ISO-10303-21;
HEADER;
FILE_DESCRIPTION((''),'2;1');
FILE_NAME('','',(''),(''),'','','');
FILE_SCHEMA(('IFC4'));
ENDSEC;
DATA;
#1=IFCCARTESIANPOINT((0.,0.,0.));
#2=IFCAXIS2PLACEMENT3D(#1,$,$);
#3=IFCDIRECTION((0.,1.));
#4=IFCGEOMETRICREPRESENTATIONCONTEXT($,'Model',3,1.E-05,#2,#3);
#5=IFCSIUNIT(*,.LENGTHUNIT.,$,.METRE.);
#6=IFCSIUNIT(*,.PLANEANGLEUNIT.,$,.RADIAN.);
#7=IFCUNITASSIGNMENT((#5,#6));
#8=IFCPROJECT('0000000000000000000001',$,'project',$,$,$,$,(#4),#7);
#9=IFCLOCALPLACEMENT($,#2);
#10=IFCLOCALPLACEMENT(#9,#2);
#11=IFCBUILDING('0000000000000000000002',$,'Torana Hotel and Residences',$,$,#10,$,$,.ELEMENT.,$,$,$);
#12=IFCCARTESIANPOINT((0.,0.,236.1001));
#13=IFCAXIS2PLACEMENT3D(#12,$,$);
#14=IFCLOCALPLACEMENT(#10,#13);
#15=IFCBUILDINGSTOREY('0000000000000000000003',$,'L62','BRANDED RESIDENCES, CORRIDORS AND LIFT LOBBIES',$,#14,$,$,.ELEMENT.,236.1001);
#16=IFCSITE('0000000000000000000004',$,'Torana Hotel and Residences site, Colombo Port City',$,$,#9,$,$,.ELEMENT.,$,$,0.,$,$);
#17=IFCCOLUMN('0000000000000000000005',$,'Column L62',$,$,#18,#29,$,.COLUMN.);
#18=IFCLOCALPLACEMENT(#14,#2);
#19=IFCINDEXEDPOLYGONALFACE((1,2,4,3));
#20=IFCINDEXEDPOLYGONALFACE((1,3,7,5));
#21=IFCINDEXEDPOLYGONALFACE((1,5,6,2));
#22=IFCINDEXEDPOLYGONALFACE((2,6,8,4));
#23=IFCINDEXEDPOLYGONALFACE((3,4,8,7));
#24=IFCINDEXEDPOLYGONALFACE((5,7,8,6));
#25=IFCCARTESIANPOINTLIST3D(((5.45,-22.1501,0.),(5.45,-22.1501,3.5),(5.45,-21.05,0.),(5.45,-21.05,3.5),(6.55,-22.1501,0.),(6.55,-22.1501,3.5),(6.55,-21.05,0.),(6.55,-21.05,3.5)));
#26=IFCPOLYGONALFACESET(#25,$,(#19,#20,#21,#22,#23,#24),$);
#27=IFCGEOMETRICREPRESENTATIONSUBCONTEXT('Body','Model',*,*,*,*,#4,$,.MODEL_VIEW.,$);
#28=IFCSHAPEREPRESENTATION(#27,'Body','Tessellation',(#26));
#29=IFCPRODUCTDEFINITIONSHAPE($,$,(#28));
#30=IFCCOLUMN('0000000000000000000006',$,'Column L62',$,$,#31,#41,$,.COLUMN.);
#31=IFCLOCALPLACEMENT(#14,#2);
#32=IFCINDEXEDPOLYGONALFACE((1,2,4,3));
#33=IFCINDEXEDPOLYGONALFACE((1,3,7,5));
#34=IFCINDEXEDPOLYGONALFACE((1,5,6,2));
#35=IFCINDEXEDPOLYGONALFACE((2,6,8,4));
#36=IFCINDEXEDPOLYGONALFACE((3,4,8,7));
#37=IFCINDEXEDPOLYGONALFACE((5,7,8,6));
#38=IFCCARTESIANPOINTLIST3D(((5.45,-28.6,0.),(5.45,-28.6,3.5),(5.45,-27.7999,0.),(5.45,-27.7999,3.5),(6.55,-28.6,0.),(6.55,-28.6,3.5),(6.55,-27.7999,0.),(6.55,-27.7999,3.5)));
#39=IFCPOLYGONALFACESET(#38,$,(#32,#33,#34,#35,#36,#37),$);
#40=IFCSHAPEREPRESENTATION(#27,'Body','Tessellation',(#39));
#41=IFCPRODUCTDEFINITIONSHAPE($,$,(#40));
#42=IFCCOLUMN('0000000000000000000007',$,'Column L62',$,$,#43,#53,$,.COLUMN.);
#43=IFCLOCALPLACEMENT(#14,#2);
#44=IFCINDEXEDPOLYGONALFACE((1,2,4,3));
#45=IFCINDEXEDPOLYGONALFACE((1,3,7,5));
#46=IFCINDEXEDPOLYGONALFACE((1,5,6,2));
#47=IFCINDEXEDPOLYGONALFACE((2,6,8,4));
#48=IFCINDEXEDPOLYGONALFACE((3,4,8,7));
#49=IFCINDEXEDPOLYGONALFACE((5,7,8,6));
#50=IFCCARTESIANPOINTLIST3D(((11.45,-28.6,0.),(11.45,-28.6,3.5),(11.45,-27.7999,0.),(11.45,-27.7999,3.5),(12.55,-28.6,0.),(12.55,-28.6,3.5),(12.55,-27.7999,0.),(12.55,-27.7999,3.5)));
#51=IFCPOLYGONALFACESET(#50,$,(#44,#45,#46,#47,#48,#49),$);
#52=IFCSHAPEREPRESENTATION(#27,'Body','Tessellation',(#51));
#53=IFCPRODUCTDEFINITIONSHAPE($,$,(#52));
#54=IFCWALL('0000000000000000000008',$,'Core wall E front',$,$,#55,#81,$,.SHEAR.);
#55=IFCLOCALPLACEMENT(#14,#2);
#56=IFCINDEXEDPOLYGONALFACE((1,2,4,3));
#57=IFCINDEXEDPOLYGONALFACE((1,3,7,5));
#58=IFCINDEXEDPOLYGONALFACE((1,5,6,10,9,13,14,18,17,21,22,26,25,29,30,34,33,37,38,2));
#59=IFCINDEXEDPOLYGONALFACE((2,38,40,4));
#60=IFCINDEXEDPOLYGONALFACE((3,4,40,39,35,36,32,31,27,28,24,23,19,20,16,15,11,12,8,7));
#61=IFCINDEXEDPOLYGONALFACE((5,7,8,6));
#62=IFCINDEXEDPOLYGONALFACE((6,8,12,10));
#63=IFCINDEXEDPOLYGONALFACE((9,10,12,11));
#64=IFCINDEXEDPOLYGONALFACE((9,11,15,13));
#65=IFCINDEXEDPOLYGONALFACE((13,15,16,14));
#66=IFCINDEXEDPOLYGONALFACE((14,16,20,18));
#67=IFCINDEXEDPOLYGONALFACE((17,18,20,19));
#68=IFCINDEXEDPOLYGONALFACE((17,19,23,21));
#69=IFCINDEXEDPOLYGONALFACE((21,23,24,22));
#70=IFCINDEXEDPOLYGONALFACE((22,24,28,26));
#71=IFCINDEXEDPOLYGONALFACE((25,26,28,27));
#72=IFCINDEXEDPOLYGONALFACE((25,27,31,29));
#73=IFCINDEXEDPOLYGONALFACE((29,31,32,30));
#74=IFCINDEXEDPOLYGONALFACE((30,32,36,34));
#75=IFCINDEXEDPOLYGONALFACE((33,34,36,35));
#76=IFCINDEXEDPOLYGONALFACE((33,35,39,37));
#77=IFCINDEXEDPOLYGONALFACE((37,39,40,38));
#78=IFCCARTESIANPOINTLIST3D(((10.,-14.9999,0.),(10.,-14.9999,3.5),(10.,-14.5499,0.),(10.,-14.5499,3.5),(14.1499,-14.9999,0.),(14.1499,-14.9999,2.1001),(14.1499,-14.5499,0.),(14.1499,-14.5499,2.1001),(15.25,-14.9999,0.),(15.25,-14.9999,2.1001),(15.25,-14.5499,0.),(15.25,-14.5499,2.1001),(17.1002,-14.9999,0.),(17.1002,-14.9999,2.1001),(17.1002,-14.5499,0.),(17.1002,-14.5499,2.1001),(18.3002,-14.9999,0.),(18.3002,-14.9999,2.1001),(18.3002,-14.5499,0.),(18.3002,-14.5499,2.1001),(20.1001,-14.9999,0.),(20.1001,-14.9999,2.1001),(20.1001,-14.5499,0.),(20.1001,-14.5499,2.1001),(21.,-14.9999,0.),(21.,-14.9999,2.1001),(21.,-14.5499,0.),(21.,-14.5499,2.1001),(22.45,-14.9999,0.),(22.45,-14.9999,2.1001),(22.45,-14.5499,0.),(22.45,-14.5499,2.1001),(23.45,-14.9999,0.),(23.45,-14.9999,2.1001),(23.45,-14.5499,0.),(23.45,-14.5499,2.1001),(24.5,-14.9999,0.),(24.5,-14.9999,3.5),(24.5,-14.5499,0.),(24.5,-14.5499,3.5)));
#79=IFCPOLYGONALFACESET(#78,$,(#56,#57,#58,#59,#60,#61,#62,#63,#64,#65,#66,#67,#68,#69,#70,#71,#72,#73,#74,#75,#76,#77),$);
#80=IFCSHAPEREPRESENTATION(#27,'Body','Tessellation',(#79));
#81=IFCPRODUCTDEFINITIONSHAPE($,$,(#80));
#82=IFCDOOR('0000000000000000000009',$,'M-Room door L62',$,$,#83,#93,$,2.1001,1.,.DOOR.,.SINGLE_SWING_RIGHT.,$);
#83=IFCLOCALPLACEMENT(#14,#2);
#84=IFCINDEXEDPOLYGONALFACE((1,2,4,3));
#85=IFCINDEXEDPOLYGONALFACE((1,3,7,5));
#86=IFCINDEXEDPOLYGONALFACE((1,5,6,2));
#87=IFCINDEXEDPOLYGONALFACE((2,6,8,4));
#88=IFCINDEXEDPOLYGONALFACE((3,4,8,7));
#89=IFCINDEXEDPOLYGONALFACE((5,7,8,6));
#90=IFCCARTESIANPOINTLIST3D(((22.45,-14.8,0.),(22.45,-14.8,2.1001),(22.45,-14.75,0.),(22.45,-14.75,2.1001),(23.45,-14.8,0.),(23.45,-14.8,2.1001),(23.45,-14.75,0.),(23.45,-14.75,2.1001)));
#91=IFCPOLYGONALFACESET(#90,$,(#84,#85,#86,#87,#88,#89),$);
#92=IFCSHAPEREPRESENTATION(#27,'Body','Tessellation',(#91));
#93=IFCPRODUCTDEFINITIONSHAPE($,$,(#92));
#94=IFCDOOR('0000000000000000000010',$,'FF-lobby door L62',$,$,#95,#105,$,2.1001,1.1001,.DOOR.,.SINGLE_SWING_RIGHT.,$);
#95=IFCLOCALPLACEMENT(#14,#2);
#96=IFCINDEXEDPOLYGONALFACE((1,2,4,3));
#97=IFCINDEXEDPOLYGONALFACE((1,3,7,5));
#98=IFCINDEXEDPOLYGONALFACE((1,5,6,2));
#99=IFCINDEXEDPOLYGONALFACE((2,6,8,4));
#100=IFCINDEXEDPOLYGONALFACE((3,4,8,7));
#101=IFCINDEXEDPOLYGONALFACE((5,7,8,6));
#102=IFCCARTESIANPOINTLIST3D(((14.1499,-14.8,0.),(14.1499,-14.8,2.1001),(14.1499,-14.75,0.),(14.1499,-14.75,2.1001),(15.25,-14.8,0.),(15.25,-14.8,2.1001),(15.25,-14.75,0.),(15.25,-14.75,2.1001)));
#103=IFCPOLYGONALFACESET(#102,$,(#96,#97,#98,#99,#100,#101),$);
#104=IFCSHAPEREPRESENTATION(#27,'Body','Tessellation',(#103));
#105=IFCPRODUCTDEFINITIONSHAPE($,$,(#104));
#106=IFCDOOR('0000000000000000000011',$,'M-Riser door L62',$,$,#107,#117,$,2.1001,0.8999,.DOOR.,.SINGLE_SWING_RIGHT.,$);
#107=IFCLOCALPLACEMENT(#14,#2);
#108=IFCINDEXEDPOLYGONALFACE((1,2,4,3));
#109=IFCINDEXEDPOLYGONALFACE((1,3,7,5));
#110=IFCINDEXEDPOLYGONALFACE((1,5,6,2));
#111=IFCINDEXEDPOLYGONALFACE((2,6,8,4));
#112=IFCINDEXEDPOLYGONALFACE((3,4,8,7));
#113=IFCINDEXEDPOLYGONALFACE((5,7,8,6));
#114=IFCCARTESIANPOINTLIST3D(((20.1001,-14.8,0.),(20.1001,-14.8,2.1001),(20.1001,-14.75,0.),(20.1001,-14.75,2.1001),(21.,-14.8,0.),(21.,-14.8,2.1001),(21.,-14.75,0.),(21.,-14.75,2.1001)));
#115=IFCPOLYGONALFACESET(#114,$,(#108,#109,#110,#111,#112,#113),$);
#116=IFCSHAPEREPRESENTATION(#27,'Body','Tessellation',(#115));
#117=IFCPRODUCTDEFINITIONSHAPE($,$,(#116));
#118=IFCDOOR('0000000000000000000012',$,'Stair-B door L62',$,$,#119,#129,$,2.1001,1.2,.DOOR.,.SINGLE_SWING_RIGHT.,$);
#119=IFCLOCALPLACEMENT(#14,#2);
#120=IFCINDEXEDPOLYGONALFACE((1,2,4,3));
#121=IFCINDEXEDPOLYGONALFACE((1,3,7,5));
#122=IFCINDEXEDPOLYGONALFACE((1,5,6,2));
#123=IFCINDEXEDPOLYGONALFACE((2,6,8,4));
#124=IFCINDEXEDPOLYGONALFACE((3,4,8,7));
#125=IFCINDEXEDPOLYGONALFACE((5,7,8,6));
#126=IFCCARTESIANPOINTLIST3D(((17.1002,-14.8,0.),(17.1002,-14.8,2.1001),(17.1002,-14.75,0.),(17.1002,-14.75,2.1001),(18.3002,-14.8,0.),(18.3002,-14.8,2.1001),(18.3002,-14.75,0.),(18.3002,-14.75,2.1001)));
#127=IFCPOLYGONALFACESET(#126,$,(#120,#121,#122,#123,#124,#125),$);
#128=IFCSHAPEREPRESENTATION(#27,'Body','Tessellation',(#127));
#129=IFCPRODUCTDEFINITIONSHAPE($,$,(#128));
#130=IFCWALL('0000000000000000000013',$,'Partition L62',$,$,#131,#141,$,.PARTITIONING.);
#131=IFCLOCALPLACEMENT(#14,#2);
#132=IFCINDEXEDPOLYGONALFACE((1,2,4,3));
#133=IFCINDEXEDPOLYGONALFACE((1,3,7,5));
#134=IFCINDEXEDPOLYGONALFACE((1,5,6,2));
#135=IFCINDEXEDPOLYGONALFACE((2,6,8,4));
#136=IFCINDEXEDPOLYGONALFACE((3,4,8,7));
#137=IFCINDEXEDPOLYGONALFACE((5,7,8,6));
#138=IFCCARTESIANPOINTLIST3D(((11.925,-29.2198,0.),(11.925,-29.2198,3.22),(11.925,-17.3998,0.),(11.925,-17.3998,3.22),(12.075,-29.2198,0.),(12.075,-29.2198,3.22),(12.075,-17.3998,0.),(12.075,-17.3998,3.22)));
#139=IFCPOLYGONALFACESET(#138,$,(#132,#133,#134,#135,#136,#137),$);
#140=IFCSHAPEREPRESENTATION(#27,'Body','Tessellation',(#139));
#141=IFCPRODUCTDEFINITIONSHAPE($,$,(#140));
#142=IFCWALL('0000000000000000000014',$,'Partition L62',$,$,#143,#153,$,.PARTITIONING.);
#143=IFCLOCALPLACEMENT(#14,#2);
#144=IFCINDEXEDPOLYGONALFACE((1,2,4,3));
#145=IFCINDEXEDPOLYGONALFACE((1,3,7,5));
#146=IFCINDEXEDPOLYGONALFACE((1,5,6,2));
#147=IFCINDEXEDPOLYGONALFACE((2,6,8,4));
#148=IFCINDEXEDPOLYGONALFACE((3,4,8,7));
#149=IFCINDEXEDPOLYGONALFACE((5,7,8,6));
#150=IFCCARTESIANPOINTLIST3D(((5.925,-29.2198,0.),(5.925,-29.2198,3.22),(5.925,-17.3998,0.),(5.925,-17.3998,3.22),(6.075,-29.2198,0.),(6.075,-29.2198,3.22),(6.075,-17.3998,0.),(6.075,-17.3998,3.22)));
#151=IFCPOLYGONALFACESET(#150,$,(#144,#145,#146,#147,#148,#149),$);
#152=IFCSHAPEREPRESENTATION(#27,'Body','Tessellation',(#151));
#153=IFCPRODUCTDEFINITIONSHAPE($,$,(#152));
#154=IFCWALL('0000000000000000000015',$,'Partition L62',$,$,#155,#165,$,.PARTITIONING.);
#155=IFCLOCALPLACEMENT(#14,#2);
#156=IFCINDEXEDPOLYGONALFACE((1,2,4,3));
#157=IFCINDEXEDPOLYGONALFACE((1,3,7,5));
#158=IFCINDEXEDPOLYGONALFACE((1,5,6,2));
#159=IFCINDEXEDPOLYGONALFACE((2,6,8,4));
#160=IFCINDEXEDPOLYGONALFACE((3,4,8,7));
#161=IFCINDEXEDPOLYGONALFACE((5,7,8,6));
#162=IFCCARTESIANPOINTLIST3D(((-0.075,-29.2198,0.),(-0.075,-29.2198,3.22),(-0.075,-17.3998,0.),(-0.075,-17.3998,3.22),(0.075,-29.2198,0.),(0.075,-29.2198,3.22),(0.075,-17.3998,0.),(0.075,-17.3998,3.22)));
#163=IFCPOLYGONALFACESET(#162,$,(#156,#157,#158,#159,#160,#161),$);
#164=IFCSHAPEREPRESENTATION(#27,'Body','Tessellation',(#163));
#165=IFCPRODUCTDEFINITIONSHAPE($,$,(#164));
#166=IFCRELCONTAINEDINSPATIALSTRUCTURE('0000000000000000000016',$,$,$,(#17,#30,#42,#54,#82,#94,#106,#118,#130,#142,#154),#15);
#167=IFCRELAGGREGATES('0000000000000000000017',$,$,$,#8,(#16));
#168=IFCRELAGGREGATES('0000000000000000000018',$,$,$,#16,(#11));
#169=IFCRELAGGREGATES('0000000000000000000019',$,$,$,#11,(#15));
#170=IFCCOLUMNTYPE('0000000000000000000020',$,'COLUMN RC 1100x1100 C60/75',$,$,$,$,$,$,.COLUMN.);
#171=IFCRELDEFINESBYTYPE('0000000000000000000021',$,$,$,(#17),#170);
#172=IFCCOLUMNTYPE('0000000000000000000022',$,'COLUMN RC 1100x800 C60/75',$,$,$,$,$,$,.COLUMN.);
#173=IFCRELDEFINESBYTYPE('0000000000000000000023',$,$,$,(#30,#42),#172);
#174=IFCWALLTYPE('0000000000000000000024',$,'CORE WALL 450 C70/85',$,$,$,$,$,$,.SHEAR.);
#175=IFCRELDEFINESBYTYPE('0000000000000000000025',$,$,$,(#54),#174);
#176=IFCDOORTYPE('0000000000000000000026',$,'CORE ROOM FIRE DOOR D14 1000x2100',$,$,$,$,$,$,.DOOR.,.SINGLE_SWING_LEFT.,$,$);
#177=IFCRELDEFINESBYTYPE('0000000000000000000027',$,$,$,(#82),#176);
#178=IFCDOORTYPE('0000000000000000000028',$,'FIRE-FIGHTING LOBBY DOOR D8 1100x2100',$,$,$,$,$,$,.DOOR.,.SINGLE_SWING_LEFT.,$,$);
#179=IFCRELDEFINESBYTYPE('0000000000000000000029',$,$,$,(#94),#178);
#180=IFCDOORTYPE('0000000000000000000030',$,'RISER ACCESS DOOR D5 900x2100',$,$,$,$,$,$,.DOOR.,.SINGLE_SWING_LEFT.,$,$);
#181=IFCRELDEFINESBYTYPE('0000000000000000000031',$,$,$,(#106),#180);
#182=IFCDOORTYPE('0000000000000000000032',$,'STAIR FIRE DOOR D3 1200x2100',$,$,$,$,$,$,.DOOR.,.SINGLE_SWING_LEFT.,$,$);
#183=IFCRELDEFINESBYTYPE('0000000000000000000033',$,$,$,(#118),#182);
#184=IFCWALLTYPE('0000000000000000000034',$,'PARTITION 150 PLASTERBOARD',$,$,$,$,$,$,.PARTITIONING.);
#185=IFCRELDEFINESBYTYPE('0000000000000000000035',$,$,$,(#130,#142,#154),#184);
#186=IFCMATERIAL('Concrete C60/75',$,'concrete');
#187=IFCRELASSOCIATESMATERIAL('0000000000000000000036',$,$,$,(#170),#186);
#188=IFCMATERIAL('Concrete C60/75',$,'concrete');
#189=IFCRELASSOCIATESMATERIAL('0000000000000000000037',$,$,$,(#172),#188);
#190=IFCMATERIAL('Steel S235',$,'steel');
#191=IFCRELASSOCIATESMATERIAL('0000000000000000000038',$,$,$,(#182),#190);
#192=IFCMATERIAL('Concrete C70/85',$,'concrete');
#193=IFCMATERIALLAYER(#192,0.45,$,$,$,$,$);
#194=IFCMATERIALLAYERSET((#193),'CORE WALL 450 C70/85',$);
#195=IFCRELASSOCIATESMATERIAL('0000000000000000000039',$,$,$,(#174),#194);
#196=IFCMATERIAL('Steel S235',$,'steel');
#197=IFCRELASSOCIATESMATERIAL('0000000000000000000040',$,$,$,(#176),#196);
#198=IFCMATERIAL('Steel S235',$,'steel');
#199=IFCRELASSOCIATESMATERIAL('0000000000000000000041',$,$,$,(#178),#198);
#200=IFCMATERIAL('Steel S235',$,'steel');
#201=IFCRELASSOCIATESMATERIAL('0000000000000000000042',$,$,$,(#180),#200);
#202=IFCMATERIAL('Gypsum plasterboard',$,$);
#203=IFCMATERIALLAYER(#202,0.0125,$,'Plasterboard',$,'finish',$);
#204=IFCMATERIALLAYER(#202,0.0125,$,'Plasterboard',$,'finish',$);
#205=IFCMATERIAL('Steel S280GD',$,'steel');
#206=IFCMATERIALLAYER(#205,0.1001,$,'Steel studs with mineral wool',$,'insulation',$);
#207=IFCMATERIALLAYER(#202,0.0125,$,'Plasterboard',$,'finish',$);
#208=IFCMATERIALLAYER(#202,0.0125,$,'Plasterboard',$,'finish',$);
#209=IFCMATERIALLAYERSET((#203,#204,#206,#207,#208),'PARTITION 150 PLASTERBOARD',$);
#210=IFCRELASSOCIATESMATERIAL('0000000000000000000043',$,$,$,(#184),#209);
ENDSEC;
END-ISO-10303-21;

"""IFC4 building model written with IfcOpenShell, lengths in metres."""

from ifc_helpers import new_model, si_unit, direction, frame, frame_2d, origin, origin_2d, place, context, subcontext, project, spatial, rectangle, extrude, material, layer, layer_set, material_profile, profile_set, type_object, element, fill, save


model = new_model("IFC4")

# Units and contexts
model_context = context("Model", 3, precision=1e-05, world=origin(), true_north=direction((0.0, 1.0)))
body_context = subcontext(model_context, "Body", "Model", "MODEL_VIEW")
ifc_project = project(units=[si_unit("LENGTHUNIT", "METRE"), si_unit("PLANEANGLEUNIT", "RADIAN")], contexts=[model_context])

# Site, building, storey
site_placement = place(None, origin())
site = spatial("IfcSite", under=ifc_project, at=site_placement, Name="Torana Hotel and Residences site, Colombo Port City", CompositionType="ELEMENT", RefElevation=0.0)
building_placement = place(site_placement, origin())
building = spatial("IfcBuilding", under=site, at=building_placement, Name="Torana Hotel and Residences", CompositionType="ELEMENT")
storey_placement = place(building_placement, frame((0.0, 0.0, 236.1001)))
storey = spatial("IfcBuildingStorey", under=building, at=storey_placement, Name="L62", Description="BRANDED RESIDENCES, CORRIDORS AND LIFT LOBBIES", CompositionType="ELEMENT", Elevation=236.1001)

# Columns
ifc_material_1 = material(Name="Concrete C60/75", Category="concrete")
ifc_material_profile_1 = material_profile(ifc_material_1, rectangle(XDim=1.1001, YDim=1.1001, at=origin_2d()), Name="RC 1100x1100")
ifc_profile_set_1 = profile_set([ifc_material_profile_1], Name="Concrete C60/75")
column_type_1 = type_object("IfcColumnType", Name="COLUMN RC 1100x1100 C60/75", PredefinedType="COLUMN", material=ifc_profile_set_1)
column_placement = place(storey_placement, frame((6.0, -21.6001, 0.0), z_axis=(0.0, 0.0, 1.0), x_axis=(1.0, 0.0, 0.0)))
element("IfcColumn", 1, at=column_placement, inside=storey, type_object=column_type_1, Name="Column L62", PredefinedType="COLUMN", context=body_context, shape_type="SweptSolid", body=[
    extrude(rectangle(XDim=1.1001, YDim=1.1001, at=origin_2d()), origin(), (0.0, 0.0, 1.0), 3.5),
])
ifc_material_2 = material(Name="Concrete C60/75", Category="concrete")
ifc_material_profile_2 = material_profile(ifc_material_2, rectangle(XDim=1.1001, YDim=0.8, at=origin_2d()), Name="RC 1100x800")
ifc_profile_set_2 = profile_set([ifc_material_profile_2], Name="Concrete C60/75")
column_type_2 = type_object("IfcColumnType", Name="COLUMN RC 1100x800 C60/75", PredefinedType="COLUMN", material=ifc_profile_set_2)
for number, where, z_axis, x_axis, name in (
    (2, (6.0, -28.2, 0.0), (0.0, 0.0, 1.0), (1.0, 0.0, 0.0), "Column L62"),
    (3, (12.0, -28.2, 0.0), (0.0, 0.0, 1.0), (1.0, 0.0, 0.0), "Column L62"),
):
    element("IfcColumn", number, at=place(storey_placement, frame(where, z_axis=z_axis, x_axis=x_axis)), inside=storey, type_object=column_type_2, Name=name, PredefinedType="COLUMN", context=body_context, shape_type="SweptSolid", body=[
        extrude(rectangle(XDim=1.1001, YDim=0.8, at=origin_2d()), origin(), (0.0, 0.0, 1.0), 3.5),
    ])

# Wall, openings, doors
ifc_material_3 = material(Name="Steel S235", Category="steel")
door_type_1 = type_object("IfcDoorType", Name="STAIR FIRE DOOR D3 1200x2100", OperationType="SINGLE_SWING_LEFT", PredefinedType="DOOR", material=ifc_material_3)
ifc_material_4 = material(Name="Concrete C70/85", Category="concrete")
ifc_layer_1 = layer(ifc_material_4, 0.45)
ifc_layer_set_1 = layer_set([ifc_layer_1], Name="CORE WALL 450 C70/85")
wall_type_1 = type_object("IfcWallType", Name="CORE WALL 450 C70/85", PredefinedType="SHEAR", material=ifc_layer_set_1)
wall_1_placement = place(storey_placement, frame((10.0, -14.7749, 0.0), z_axis=(0.0, 0.0, 1.0), x_axis=(1.0, 0.0, 0.0)))
wall_1 = element("IfcWall", 4, at=wall_1_placement, inside=storey, type_object=wall_type_1, Name="Core wall E front", PredefinedType="SHEAR", context=body_context, shape_type="SweptSolid", body=[
    extrude(rectangle(XDim=14.5, YDim=0.45, at=frame_2d((7.25, 0.0))), origin(), (0.0, 0.0, 1.0), 3.5),
])
opening_1_placement = place(wall_1_placement, frame((7.1001, 0.0, 0.0)))
opening_1 = element("IfcOpeningElement", 5, at=opening_1_placement, cuts=wall_1, PredefinedType="OPENING", context=body_context, shape_type="SweptSolid", body=[
    extrude(rectangle(XDim=1.2, YDim=2.1001, at=frame_2d((0.6001, 1.05))), frame((0.0, 0.2349, 0.0), z_axis=(0.0, -1.0, 0.0), x_axis=(1.0, 0.0, 0.0)), (0.0, 0.0, 1.0), 0.47),
])
opening_2_placement = place(wall_1_placement, frame((4.1499, 0.0, 0.0)))
opening_2 = element("IfcOpeningElement", 6, at=opening_2_placement, cuts=wall_1, PredefinedType="OPENING", context=body_context, shape_type="SweptSolid", body=[
    extrude(rectangle(XDim=1.1001, YDim=2.1001, at=frame_2d((0.55, 1.05))), frame((0.0, 0.2349, 0.0), z_axis=(0.0, -1.0, 0.0), x_axis=(1.0, 0.0, 0.0)), (0.0, 0.0, 1.0), 0.47),
])
opening_3_placement = place(wall_1_placement, frame((10.1001, 0.0, 0.0)))
opening_3 = element("IfcOpeningElement", 7, at=opening_3_placement, cuts=wall_1, PredefinedType="OPENING", context=body_context, shape_type="SweptSolid", body=[
    extrude(rectangle(XDim=0.8999, YDim=2.1001, at=frame_2d((0.45, 1.05))), frame((0.0, 0.2349, 0.0), z_axis=(0.0, -1.0, 0.0), x_axis=(1.0, 0.0, 0.0)), (0.0, 0.0, 1.0), 0.47),
])
opening_4_placement = place(wall_1_placement, frame((12.45, 0.0, 0.0)))
opening_4 = element("IfcOpeningElement", 8, at=opening_4_placement, cuts=wall_1, PredefinedType="OPENING", context=body_context, shape_type="SweptSolid", body=[
    extrude(rectangle(XDim=1.0, YDim=2.1001, at=frame_2d((0.5, 1.05))), frame((0.0, 0.2349, 0.0), z_axis=(0.0, -1.0, 0.0), x_axis=(1.0, 0.0, 0.0)), (0.0, 0.0, 1.0), 0.47),
])
ifc_material_5 = material(Name="Steel S235", Category="steel")
door_type_2 = type_object("IfcDoorType", Name="CORE ROOM FIRE DOOR D14 1000x2100", OperationType="SINGLE_SWING_LEFT", PredefinedType="DOOR", material=ifc_material_5)
door_1_placement = place(opening_4_placement, origin())
door_1 = element("IfcDoor", 9, at=door_1_placement, inside=storey, type_object=door_type_2, Name="M-Room door L62", OperationType="SINGLE_SWING_RIGHT", OverallHeight=2.1001, OverallWidth=1.0, PredefinedType="DOOR", context=body_context, shape_type="SweptSolid", body=[
    extrude(rectangle(XDim=1.0, YDim=2.1001, at=frame_2d((0.5, 1.05))), frame((0.0, 0.0249, 0.0), z_axis=(0.0, -1.0, 0.0), x_axis=(1.0, 0.0, 0.0)), (0.0, 0.0, 1.0), 0.05),
])
fill(opening_4, door_1)
ifc_material_6 = material(Name="Steel S235", Category="steel")
door_type_3 = type_object("IfcDoorType", Name="FIRE-FIGHTING LOBBY DOOR D8 1100x2100", OperationType="SINGLE_SWING_LEFT", PredefinedType="DOOR", material=ifc_material_6)
door_2_placement = place(opening_2_placement, origin())
door_2 = element("IfcDoor", 10, at=door_2_placement, inside=storey, type_object=door_type_3, Name="FF-lobby door L62", OperationType="SINGLE_SWING_RIGHT", OverallHeight=2.1001, OverallWidth=1.1001, PredefinedType="DOOR", context=body_context, shape_type="SweptSolid", body=[
    extrude(rectangle(XDim=1.1001, YDim=2.1001, at=frame_2d((0.55, 1.05))), frame((0.0, 0.0249, 0.0), z_axis=(0.0, -1.0, 0.0), x_axis=(1.0, 0.0, 0.0)), (0.0, 0.0, 1.0), 0.05),
])
fill(opening_2, door_2)
ifc_material_7 = material(Name="Steel S235", Category="steel")
door_type_4 = type_object("IfcDoorType", Name="RISER ACCESS DOOR D5 900x2100", OperationType="SINGLE_SWING_LEFT", PredefinedType="DOOR", material=ifc_material_7)
door_3_placement = place(opening_3_placement, origin())
door_3 = element("IfcDoor", 11, at=door_3_placement, inside=storey, type_object=door_type_4, Name="M-Riser door L62", OperationType="SINGLE_SWING_RIGHT", OverallHeight=2.1001, OverallWidth=0.8999, PredefinedType="DOOR", context=body_context, shape_type="SweptSolid", body=[
    extrude(rectangle(XDim=0.8999, YDim=2.1001, at=frame_2d((0.45, 1.05))), frame((0.0, 0.0249, 0.0), z_axis=(0.0, -1.0, 0.0), x_axis=(1.0, 0.0, 0.0)), (0.0, 0.0, 1.0), 0.05),
])
fill(opening_3, door_3)
door_4_placement = place(opening_1_placement, origin())
door_4 = element("IfcDoor", 12, at=door_4_placement, inside=storey, type_object=door_type_1, Name="Stair-B door L62", OperationType="SINGLE_SWING_RIGHT", OverallHeight=2.1001, OverallWidth=1.2, PredefinedType="DOOR", context=body_context, shape_type="SweptSolid", body=[
    extrude(rectangle(XDim=1.2, YDim=2.1001, at=frame_2d((0.6001, 1.05))), frame((0.0, 0.0249, 0.0), z_axis=(0.0, -1.0, 0.0), x_axis=(1.0, 0.0, 0.0)), (0.0, 0.0, 1.0), 0.05),
])
fill(opening_1, door_4)

# Walls
ifc_material_8 = material(Name="Gypsum plasterboard")
ifc_layer_2 = layer(ifc_material_8, 0.0125, Name="Plasterboard", Category="finish")
ifc_layer_3 = layer(ifc_material_8, 0.0125, Name="Plasterboard", Category="finish")
ifc_material_9 = material(Name="Steel S280GD", Category="steel")
ifc_layer_4 = layer(ifc_material_9, 0.1001, Name="Steel studs with mineral wool", Category="insulation")
ifc_layer_5 = layer(ifc_material_8, 0.0125, Name="Plasterboard", Category="finish")
ifc_layer_6 = layer(ifc_material_8, 0.0125, Name="Plasterboard", Category="finish")
ifc_layer_set_2 = layer_set([ifc_layer_2, ifc_layer_3, ifc_layer_4, ifc_layer_5, ifc_layer_6], Name="PARTITION 150 PLASTERBOARD")
wall_type_2 = type_object("IfcWallType", Name="PARTITION 150 PLASTERBOARD", PredefinedType="PARTITIONING", material=ifc_layer_set_2)
for number, where, z_axis, x_axis, name in (
    (13, (12.0, -29.22, 0.0), (0.0, 0.0, 1.0), (0.0, 1.0, 0.0), "Partition L62"),
    (14, (6.0, -29.22, 0.0), (0.0, 0.0, 1.0), (0.0, 1.0, 0.0), "Partition L62"),
    (15, (0.0, -29.22, 0.0), (0.0, 0.0, 1.0), (0.0, 1.0, 0.0), "Partition L62"),
):
    element("IfcWall", number, at=place(storey_placement, frame(where, z_axis=z_axis, x_axis=x_axis)), inside=storey, type_object=wall_type_2, Name=name, PredefinedType="PARTITIONING", context=body_context, shape_type="SweptSolid", body=[
        extrude(rectangle(XDim=11.8201, YDim=0.1499, at=frame_2d((5.9102, 0.0))), origin(), (0.0, 0.0, 1.0), 3.22),
    ])

save(model, "model.ifc")
